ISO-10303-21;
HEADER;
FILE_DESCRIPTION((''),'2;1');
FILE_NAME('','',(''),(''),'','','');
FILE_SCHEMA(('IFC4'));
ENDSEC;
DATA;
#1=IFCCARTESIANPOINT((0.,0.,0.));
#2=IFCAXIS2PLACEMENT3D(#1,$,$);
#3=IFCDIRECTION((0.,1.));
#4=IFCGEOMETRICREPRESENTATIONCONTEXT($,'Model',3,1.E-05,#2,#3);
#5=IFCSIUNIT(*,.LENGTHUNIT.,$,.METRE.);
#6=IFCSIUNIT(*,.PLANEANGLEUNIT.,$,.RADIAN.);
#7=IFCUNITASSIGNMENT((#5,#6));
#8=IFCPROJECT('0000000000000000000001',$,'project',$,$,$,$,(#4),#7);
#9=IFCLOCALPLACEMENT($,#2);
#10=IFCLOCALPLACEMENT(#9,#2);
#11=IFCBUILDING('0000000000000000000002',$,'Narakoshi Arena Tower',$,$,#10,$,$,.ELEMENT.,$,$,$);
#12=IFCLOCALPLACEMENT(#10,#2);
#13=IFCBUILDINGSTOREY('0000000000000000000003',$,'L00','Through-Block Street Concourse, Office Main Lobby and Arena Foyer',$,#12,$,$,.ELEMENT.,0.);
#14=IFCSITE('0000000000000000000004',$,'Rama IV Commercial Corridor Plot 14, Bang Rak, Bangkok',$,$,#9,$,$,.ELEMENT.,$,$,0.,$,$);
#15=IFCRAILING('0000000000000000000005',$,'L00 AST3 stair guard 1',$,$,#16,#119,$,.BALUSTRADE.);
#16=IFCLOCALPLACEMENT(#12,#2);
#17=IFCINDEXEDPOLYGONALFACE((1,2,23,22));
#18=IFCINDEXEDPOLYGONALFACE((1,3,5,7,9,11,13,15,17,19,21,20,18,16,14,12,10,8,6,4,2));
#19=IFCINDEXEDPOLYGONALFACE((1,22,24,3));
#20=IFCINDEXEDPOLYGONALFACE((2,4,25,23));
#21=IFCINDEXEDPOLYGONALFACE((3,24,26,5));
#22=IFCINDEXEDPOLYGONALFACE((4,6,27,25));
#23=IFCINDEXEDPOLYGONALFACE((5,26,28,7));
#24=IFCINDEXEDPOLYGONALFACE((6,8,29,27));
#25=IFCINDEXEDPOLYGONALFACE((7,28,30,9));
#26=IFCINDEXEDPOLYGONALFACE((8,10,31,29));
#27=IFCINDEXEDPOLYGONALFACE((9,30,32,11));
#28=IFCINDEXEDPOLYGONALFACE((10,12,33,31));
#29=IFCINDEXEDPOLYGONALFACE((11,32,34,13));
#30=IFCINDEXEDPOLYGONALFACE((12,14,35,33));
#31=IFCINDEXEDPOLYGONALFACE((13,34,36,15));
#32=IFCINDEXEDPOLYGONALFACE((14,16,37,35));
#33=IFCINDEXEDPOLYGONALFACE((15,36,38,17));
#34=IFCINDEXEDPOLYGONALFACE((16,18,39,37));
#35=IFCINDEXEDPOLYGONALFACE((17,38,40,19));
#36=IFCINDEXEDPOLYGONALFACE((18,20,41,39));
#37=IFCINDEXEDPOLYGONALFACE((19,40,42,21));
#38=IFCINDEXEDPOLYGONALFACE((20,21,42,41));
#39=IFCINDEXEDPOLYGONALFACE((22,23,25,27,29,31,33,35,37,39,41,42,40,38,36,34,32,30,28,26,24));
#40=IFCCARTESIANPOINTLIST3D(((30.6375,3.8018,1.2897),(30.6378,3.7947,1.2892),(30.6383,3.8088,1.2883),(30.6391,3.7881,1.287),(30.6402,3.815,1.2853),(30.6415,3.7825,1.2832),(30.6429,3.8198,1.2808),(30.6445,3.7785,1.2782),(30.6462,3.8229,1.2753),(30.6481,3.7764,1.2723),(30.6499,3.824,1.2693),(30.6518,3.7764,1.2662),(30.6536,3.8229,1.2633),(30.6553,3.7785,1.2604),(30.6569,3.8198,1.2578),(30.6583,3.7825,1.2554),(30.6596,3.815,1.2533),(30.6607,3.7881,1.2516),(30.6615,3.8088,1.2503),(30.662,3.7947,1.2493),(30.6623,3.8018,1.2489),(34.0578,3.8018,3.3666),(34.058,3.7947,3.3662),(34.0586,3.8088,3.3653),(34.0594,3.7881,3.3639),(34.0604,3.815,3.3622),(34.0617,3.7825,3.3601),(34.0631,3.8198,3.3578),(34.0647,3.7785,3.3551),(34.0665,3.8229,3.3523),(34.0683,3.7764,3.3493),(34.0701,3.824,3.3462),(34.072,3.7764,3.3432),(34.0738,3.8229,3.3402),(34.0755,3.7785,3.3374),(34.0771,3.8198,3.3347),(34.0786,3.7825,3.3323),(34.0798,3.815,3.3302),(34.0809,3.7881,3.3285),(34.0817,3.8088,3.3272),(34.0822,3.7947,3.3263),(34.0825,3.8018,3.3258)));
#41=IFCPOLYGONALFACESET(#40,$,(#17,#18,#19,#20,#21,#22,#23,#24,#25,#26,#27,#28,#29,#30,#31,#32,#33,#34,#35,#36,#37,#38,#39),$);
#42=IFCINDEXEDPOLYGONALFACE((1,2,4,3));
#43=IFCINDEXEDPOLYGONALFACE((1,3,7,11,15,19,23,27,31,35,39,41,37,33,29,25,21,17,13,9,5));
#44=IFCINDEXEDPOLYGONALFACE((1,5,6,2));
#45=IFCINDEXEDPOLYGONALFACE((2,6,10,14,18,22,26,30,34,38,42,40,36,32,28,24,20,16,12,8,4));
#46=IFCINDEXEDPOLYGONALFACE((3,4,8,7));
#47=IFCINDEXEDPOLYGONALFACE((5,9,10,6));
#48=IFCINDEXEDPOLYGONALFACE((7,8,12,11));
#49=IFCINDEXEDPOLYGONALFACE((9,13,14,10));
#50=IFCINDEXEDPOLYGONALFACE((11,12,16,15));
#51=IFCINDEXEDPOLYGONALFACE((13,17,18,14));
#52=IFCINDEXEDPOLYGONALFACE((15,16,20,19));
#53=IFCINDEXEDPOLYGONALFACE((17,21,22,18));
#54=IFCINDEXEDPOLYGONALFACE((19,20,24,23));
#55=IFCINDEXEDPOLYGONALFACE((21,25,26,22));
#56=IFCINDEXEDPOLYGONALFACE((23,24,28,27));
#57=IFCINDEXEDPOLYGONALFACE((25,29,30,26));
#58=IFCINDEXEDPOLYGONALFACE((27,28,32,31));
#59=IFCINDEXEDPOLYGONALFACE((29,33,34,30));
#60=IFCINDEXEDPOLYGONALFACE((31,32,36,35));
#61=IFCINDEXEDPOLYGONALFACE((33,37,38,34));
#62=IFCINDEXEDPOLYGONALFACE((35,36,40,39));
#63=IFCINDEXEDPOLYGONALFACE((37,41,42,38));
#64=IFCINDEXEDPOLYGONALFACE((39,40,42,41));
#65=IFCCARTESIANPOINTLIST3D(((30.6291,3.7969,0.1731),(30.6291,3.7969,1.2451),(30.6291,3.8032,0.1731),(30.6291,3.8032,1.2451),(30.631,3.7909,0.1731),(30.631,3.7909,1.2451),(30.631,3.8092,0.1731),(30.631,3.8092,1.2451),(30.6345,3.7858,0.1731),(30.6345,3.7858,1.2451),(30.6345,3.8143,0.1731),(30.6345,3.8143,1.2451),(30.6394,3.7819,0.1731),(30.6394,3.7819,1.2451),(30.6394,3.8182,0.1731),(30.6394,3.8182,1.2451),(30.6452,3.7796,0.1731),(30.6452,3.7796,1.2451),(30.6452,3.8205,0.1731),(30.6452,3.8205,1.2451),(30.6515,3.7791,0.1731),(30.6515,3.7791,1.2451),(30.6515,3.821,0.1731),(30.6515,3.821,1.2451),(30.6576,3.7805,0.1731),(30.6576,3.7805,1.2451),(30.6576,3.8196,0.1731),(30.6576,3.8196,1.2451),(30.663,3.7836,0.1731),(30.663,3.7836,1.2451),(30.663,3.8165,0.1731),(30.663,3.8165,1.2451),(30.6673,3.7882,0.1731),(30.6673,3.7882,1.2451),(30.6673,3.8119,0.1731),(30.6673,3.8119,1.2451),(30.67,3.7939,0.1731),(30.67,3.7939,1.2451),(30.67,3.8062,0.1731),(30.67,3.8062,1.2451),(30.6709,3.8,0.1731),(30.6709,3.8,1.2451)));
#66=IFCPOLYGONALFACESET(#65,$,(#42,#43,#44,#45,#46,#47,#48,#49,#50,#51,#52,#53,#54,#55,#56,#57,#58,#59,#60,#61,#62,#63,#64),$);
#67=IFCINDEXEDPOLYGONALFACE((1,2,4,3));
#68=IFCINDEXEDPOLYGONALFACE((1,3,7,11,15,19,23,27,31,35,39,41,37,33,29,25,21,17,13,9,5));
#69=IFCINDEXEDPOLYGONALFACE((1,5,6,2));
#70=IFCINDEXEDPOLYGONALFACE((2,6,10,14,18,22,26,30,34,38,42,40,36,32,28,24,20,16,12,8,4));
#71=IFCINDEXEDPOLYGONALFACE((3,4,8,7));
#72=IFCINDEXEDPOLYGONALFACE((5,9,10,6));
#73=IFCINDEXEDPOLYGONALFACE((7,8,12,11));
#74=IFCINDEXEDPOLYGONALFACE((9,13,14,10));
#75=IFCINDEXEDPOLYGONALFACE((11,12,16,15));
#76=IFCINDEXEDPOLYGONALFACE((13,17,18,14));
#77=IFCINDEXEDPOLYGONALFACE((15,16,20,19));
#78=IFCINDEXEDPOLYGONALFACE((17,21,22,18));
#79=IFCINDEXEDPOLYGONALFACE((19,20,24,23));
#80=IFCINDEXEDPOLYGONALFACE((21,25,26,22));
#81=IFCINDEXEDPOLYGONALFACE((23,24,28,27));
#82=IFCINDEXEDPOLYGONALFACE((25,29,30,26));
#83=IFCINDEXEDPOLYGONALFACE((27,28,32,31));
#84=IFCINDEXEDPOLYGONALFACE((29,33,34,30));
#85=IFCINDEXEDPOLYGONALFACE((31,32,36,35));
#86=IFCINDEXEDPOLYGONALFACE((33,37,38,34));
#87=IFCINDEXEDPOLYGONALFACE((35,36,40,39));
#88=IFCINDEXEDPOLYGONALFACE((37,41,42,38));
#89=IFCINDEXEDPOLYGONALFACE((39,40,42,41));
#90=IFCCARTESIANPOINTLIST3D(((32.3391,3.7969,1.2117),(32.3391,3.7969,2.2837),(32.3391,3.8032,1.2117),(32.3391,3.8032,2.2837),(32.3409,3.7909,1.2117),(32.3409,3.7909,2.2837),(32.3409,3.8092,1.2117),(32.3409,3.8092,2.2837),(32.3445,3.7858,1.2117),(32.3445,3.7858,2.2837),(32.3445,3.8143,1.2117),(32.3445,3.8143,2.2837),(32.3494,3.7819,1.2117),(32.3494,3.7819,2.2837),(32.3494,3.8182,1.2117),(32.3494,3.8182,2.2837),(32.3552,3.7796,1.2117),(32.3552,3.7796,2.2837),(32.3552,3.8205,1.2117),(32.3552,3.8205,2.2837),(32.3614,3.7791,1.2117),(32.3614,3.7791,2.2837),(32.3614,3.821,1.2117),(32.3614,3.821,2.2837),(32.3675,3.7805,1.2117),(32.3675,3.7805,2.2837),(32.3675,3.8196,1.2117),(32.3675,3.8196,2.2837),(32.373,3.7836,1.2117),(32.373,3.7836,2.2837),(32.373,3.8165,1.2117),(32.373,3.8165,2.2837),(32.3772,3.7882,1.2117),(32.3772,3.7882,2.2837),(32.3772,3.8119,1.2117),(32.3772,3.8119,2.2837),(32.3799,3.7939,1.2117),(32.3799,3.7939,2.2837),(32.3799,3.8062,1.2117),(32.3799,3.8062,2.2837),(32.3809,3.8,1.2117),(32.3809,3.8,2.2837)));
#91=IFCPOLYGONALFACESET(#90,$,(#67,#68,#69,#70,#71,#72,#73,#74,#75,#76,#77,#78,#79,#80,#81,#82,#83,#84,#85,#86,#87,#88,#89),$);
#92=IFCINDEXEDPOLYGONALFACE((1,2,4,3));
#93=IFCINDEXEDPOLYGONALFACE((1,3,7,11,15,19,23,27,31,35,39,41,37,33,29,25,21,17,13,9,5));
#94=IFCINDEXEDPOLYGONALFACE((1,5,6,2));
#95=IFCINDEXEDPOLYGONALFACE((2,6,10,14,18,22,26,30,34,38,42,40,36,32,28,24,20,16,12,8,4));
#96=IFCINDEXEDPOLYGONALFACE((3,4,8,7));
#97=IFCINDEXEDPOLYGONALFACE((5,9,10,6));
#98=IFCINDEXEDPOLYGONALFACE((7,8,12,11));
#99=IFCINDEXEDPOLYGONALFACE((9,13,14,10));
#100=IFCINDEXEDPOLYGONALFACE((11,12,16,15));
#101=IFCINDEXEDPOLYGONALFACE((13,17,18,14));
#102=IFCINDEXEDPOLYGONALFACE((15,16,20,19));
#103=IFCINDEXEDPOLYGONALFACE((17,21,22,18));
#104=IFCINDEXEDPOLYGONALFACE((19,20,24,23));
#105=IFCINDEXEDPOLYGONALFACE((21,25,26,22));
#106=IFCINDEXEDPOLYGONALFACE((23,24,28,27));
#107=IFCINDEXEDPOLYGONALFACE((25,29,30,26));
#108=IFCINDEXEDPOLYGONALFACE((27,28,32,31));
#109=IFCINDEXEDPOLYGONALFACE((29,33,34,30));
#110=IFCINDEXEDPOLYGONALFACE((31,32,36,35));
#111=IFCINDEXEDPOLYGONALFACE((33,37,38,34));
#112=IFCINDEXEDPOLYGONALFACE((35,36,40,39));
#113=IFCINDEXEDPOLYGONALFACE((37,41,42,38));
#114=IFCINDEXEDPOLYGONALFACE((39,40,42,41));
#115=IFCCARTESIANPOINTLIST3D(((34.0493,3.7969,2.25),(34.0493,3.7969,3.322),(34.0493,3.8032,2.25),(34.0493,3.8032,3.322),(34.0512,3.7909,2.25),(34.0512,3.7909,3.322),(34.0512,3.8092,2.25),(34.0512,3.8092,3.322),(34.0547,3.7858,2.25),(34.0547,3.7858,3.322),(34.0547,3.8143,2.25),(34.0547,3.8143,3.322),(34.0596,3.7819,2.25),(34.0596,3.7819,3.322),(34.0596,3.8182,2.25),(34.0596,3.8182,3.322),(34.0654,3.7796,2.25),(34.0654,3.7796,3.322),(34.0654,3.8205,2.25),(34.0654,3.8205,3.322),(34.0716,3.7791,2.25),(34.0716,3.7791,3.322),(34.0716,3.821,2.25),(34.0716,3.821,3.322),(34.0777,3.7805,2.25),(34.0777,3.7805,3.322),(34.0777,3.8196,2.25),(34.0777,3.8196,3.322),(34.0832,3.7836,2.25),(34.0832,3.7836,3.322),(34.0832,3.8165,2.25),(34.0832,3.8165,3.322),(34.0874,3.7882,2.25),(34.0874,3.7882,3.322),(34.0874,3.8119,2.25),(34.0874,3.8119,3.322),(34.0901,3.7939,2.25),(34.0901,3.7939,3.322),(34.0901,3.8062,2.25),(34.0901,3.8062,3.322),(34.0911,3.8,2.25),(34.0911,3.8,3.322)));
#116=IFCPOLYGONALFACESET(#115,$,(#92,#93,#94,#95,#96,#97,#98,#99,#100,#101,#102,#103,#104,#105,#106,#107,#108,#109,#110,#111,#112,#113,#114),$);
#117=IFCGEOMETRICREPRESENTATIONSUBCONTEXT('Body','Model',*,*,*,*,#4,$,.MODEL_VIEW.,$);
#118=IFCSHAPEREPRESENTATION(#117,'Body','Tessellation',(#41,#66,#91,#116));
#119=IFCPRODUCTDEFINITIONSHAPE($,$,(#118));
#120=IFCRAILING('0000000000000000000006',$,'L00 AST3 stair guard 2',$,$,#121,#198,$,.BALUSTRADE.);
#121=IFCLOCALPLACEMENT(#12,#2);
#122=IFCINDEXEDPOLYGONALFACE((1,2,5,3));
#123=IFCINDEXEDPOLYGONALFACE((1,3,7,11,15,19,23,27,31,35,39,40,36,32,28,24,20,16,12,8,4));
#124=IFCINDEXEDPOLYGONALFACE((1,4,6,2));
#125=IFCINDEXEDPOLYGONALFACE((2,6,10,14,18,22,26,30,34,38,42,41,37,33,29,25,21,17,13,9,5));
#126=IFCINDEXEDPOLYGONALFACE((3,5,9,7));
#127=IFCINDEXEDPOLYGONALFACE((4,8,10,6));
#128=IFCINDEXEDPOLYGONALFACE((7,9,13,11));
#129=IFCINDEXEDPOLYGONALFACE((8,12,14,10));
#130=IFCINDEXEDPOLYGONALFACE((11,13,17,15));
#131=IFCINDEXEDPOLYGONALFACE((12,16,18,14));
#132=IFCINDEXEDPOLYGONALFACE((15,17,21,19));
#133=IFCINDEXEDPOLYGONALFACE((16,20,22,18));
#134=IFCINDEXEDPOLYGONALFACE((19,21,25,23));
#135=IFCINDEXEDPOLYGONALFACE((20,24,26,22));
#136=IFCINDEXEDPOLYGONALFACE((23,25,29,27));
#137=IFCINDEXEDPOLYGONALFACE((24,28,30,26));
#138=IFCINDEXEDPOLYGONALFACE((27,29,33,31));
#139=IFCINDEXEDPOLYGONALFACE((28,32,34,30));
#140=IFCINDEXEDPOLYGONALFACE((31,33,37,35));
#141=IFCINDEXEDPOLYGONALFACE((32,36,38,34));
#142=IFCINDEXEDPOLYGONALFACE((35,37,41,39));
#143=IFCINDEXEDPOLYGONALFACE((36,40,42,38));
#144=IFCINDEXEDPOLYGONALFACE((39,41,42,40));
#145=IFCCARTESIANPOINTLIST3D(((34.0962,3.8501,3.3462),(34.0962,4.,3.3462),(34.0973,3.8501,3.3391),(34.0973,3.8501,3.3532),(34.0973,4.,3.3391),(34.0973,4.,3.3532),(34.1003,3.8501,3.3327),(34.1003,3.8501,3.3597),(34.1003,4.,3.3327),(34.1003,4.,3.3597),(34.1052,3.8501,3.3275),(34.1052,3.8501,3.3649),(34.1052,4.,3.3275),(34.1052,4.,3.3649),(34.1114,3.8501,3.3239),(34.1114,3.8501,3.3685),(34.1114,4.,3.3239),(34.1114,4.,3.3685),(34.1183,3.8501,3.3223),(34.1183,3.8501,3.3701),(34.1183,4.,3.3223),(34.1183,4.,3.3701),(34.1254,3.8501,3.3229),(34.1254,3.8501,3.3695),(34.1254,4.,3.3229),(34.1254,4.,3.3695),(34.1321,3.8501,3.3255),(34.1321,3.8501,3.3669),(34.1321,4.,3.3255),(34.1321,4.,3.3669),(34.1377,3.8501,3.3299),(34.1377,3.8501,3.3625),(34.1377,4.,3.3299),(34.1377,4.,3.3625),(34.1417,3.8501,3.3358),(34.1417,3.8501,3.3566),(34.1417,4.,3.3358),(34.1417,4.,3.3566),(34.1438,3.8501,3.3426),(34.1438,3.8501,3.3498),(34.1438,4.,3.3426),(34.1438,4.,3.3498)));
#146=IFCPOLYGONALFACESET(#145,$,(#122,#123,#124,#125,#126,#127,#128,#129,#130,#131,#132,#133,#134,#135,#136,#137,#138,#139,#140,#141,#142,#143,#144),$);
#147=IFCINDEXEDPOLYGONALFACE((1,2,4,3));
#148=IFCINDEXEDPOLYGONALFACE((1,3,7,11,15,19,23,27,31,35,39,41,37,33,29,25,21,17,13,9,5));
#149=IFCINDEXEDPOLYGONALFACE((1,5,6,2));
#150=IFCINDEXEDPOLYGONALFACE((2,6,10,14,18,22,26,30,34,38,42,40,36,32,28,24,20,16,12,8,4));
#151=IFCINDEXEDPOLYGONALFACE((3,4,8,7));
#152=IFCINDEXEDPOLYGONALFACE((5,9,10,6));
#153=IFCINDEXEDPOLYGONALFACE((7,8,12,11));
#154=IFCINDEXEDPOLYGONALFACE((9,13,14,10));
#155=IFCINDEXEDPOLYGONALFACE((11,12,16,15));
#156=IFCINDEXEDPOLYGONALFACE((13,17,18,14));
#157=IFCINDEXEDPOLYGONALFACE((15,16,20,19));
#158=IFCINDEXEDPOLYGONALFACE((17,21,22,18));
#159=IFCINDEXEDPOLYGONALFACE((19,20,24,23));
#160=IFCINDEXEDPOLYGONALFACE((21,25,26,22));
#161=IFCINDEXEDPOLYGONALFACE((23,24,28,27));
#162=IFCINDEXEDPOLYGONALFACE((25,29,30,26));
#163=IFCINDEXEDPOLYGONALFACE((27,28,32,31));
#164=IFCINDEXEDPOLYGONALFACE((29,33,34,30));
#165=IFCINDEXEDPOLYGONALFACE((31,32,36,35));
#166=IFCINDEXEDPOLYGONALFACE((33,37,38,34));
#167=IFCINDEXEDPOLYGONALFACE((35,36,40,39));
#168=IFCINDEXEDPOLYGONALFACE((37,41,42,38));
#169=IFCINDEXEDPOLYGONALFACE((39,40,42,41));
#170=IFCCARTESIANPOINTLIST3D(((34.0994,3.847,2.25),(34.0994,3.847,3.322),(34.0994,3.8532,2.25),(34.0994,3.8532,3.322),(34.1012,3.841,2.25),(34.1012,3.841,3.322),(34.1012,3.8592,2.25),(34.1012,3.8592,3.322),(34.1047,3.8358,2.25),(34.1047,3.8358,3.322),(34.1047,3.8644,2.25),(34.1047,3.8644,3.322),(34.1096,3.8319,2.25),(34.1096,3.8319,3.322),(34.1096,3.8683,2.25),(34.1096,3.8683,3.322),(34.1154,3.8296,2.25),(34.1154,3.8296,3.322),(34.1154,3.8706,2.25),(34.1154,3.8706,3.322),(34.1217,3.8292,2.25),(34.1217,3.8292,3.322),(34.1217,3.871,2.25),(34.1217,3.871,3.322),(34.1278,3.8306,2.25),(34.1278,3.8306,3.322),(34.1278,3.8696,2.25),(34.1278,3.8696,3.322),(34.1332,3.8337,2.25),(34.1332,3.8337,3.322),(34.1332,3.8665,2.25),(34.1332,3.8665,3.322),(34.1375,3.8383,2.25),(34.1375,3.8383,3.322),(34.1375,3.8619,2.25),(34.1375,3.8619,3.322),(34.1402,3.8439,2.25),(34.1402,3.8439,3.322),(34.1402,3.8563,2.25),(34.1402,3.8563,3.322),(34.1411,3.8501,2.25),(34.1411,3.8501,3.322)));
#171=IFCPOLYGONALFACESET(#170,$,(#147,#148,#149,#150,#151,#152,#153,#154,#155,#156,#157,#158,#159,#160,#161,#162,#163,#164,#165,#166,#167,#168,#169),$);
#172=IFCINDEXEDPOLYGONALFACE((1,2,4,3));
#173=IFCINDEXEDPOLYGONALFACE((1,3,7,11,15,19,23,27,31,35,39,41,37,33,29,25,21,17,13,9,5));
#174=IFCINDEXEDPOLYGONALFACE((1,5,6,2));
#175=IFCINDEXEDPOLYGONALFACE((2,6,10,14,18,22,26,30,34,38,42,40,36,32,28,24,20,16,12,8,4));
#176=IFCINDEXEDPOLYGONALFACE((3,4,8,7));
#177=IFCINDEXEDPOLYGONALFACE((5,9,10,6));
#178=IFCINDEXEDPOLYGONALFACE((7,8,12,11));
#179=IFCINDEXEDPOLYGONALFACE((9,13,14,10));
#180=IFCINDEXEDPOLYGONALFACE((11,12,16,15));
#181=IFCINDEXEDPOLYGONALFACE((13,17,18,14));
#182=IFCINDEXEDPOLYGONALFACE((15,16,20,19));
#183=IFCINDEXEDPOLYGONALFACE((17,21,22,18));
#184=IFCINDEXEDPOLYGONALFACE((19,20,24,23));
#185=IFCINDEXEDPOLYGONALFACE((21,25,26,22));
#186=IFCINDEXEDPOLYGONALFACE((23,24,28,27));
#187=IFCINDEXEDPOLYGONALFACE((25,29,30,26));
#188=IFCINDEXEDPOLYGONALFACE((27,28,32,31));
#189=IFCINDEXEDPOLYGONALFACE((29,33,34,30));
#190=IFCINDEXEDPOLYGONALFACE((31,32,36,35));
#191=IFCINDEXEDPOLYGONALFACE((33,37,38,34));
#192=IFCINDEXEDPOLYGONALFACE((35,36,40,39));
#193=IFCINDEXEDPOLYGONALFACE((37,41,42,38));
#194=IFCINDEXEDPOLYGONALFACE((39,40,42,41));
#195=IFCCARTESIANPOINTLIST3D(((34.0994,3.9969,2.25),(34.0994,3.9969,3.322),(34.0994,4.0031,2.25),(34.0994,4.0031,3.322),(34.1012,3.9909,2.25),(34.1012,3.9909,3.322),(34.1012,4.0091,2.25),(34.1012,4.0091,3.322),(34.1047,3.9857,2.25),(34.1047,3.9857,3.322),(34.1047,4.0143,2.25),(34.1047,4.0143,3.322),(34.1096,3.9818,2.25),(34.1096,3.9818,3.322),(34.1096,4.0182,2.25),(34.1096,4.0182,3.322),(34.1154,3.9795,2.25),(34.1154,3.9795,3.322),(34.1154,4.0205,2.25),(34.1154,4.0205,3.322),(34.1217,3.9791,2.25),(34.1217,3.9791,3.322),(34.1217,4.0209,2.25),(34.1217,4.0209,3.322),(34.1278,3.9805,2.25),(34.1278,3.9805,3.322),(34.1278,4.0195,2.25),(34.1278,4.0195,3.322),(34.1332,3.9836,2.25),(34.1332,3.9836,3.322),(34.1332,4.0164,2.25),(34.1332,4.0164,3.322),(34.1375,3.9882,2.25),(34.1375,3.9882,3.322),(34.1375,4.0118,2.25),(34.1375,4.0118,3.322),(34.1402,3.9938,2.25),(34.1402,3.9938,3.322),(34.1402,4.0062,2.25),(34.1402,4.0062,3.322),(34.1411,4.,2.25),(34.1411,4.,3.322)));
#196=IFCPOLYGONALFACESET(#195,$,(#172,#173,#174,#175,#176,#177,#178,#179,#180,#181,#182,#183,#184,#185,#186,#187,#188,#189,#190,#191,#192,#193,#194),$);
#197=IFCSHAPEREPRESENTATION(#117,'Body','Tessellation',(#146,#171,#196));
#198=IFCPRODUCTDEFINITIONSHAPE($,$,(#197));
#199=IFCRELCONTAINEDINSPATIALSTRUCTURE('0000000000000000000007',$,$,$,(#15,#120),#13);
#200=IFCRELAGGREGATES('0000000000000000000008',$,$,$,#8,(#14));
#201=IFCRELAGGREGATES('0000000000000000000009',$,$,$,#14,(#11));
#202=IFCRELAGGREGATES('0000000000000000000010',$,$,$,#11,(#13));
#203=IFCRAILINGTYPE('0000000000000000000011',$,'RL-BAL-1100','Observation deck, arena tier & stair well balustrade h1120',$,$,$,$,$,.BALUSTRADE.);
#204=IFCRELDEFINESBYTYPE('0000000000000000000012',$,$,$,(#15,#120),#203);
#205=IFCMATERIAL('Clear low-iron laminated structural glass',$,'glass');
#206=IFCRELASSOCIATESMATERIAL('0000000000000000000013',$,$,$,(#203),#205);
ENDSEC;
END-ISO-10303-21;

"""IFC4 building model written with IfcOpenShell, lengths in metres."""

from ifc_helpers import new_model, si_unit, direction, frame, origin, origin_2d, place, context, subcontext, project, spatial, circle, extrude, material, type_object, element, save


model = new_model("IFC4")

# Units and contexts
model_context = context("Model", 3, precision=1e-05, world=origin(), true_north=direction((0.0, 1.0)))
body_context = subcontext(model_context, "Body", "Model", "MODEL_VIEW")
ifc_project = project(units=[si_unit("LENGTHUNIT", "METRE"), si_unit("PLANEANGLEUNIT", "RADIAN")], contexts=[model_context])

# Site, building, storey
site_placement = place(None, origin())
site = spatial("IfcSite", under=ifc_project, at=site_placement, Name="Rama IV Commercial Corridor Plot 14, Bang Rak, Bangkok", CompositionType="ELEMENT", RefElevation=0.0)
building_placement = place(site_placement, origin())
building = spatial("IfcBuilding", under=site, at=building_placement, Name="Narakoshi Arena Tower", CompositionType="ELEMENT")
storey_placement = place(building_placement, origin())
storey = spatial("IfcBuildingStorey", under=building, at=storey_placement, Name="L00", Description="Through-Block Street Concourse, Office Main Lobby and Arena Foyer", CompositionType="ELEMENT", Elevation=0.0)

# Railings
ifc_material_1 = material(Name="Clear low-iron laminated structural glass", Category="glass")
railing_type_1 = type_object("IfcRailingType", Name="RL-BAL-1100", Description="Observation deck, arena tier & stair well balustrade h1120", PredefinedType="BALUSTRADE", material=ifc_material_1)
railing_1_placement = place(storey_placement, frame((30.6499, 3.8, 0.1731)))
element("IfcRailing", 1, at=railing_1_placement, inside=storey, type_object=railing_type_1, Name="L00 AST3 stair guard 1", PredefinedType="BALUSTRADE", context=body_context, shape_type="SweptSolid", body=[
    extrude(circle(Radius=0.0239, at=origin_2d()), frame((0.0, 0.0, 1.0962), z_axis=(0.854746, 0.0, 0.519047), x_axis=(0.0, 1.0, 0.0)), (0.0, 0.0, 1.0), 4.0015),
    extrude(circle(Radius=0.021, at=origin_2d()), origin(), (0.0, 0.0, 1.0), 1.072),
    extrude(circle(Radius=0.021, at=origin_2d()), frame((1.71, 0.0, 1.0386)), (0.0, 0.0, 1.0), 1.072),
    extrude(circle(Radius=0.021, at=origin_2d()), frame((3.4202, 0.0, 2.0769)), (0.0, 0.0, 1.0), 1.072),
])
railing_2_placement = place(storey_placement, frame((34.1201, 3.8501, 2.25)))
element("IfcRailing", 2, at=railing_2_placement, inside=storey, type_object=railing_type_1, Name="L00 AST3 stair guard 2", PredefinedType="BALUSTRADE", context=body_context, shape_type="SweptSolid", body=[
    extrude(circle(Radius=0.0239, at=origin_2d()), frame((0.0, 0.0, 1.0962), z_axis=(0.0, 1.0, 0.0), x_axis=(-1.0, 0.0, 0.0)), (0.0, 0.0, 1.0), 0.1499),
    extrude(circle(Radius=0.021, at=origin_2d()), origin(), (0.0, 0.0, 1.0), 1.072),
    extrude(circle(Radius=0.021, at=origin_2d()), frame((0.0, 0.1499, 0.0)), (0.0, 0.0, 1.0), 1.072),
])

save(model, "model.ifc")
